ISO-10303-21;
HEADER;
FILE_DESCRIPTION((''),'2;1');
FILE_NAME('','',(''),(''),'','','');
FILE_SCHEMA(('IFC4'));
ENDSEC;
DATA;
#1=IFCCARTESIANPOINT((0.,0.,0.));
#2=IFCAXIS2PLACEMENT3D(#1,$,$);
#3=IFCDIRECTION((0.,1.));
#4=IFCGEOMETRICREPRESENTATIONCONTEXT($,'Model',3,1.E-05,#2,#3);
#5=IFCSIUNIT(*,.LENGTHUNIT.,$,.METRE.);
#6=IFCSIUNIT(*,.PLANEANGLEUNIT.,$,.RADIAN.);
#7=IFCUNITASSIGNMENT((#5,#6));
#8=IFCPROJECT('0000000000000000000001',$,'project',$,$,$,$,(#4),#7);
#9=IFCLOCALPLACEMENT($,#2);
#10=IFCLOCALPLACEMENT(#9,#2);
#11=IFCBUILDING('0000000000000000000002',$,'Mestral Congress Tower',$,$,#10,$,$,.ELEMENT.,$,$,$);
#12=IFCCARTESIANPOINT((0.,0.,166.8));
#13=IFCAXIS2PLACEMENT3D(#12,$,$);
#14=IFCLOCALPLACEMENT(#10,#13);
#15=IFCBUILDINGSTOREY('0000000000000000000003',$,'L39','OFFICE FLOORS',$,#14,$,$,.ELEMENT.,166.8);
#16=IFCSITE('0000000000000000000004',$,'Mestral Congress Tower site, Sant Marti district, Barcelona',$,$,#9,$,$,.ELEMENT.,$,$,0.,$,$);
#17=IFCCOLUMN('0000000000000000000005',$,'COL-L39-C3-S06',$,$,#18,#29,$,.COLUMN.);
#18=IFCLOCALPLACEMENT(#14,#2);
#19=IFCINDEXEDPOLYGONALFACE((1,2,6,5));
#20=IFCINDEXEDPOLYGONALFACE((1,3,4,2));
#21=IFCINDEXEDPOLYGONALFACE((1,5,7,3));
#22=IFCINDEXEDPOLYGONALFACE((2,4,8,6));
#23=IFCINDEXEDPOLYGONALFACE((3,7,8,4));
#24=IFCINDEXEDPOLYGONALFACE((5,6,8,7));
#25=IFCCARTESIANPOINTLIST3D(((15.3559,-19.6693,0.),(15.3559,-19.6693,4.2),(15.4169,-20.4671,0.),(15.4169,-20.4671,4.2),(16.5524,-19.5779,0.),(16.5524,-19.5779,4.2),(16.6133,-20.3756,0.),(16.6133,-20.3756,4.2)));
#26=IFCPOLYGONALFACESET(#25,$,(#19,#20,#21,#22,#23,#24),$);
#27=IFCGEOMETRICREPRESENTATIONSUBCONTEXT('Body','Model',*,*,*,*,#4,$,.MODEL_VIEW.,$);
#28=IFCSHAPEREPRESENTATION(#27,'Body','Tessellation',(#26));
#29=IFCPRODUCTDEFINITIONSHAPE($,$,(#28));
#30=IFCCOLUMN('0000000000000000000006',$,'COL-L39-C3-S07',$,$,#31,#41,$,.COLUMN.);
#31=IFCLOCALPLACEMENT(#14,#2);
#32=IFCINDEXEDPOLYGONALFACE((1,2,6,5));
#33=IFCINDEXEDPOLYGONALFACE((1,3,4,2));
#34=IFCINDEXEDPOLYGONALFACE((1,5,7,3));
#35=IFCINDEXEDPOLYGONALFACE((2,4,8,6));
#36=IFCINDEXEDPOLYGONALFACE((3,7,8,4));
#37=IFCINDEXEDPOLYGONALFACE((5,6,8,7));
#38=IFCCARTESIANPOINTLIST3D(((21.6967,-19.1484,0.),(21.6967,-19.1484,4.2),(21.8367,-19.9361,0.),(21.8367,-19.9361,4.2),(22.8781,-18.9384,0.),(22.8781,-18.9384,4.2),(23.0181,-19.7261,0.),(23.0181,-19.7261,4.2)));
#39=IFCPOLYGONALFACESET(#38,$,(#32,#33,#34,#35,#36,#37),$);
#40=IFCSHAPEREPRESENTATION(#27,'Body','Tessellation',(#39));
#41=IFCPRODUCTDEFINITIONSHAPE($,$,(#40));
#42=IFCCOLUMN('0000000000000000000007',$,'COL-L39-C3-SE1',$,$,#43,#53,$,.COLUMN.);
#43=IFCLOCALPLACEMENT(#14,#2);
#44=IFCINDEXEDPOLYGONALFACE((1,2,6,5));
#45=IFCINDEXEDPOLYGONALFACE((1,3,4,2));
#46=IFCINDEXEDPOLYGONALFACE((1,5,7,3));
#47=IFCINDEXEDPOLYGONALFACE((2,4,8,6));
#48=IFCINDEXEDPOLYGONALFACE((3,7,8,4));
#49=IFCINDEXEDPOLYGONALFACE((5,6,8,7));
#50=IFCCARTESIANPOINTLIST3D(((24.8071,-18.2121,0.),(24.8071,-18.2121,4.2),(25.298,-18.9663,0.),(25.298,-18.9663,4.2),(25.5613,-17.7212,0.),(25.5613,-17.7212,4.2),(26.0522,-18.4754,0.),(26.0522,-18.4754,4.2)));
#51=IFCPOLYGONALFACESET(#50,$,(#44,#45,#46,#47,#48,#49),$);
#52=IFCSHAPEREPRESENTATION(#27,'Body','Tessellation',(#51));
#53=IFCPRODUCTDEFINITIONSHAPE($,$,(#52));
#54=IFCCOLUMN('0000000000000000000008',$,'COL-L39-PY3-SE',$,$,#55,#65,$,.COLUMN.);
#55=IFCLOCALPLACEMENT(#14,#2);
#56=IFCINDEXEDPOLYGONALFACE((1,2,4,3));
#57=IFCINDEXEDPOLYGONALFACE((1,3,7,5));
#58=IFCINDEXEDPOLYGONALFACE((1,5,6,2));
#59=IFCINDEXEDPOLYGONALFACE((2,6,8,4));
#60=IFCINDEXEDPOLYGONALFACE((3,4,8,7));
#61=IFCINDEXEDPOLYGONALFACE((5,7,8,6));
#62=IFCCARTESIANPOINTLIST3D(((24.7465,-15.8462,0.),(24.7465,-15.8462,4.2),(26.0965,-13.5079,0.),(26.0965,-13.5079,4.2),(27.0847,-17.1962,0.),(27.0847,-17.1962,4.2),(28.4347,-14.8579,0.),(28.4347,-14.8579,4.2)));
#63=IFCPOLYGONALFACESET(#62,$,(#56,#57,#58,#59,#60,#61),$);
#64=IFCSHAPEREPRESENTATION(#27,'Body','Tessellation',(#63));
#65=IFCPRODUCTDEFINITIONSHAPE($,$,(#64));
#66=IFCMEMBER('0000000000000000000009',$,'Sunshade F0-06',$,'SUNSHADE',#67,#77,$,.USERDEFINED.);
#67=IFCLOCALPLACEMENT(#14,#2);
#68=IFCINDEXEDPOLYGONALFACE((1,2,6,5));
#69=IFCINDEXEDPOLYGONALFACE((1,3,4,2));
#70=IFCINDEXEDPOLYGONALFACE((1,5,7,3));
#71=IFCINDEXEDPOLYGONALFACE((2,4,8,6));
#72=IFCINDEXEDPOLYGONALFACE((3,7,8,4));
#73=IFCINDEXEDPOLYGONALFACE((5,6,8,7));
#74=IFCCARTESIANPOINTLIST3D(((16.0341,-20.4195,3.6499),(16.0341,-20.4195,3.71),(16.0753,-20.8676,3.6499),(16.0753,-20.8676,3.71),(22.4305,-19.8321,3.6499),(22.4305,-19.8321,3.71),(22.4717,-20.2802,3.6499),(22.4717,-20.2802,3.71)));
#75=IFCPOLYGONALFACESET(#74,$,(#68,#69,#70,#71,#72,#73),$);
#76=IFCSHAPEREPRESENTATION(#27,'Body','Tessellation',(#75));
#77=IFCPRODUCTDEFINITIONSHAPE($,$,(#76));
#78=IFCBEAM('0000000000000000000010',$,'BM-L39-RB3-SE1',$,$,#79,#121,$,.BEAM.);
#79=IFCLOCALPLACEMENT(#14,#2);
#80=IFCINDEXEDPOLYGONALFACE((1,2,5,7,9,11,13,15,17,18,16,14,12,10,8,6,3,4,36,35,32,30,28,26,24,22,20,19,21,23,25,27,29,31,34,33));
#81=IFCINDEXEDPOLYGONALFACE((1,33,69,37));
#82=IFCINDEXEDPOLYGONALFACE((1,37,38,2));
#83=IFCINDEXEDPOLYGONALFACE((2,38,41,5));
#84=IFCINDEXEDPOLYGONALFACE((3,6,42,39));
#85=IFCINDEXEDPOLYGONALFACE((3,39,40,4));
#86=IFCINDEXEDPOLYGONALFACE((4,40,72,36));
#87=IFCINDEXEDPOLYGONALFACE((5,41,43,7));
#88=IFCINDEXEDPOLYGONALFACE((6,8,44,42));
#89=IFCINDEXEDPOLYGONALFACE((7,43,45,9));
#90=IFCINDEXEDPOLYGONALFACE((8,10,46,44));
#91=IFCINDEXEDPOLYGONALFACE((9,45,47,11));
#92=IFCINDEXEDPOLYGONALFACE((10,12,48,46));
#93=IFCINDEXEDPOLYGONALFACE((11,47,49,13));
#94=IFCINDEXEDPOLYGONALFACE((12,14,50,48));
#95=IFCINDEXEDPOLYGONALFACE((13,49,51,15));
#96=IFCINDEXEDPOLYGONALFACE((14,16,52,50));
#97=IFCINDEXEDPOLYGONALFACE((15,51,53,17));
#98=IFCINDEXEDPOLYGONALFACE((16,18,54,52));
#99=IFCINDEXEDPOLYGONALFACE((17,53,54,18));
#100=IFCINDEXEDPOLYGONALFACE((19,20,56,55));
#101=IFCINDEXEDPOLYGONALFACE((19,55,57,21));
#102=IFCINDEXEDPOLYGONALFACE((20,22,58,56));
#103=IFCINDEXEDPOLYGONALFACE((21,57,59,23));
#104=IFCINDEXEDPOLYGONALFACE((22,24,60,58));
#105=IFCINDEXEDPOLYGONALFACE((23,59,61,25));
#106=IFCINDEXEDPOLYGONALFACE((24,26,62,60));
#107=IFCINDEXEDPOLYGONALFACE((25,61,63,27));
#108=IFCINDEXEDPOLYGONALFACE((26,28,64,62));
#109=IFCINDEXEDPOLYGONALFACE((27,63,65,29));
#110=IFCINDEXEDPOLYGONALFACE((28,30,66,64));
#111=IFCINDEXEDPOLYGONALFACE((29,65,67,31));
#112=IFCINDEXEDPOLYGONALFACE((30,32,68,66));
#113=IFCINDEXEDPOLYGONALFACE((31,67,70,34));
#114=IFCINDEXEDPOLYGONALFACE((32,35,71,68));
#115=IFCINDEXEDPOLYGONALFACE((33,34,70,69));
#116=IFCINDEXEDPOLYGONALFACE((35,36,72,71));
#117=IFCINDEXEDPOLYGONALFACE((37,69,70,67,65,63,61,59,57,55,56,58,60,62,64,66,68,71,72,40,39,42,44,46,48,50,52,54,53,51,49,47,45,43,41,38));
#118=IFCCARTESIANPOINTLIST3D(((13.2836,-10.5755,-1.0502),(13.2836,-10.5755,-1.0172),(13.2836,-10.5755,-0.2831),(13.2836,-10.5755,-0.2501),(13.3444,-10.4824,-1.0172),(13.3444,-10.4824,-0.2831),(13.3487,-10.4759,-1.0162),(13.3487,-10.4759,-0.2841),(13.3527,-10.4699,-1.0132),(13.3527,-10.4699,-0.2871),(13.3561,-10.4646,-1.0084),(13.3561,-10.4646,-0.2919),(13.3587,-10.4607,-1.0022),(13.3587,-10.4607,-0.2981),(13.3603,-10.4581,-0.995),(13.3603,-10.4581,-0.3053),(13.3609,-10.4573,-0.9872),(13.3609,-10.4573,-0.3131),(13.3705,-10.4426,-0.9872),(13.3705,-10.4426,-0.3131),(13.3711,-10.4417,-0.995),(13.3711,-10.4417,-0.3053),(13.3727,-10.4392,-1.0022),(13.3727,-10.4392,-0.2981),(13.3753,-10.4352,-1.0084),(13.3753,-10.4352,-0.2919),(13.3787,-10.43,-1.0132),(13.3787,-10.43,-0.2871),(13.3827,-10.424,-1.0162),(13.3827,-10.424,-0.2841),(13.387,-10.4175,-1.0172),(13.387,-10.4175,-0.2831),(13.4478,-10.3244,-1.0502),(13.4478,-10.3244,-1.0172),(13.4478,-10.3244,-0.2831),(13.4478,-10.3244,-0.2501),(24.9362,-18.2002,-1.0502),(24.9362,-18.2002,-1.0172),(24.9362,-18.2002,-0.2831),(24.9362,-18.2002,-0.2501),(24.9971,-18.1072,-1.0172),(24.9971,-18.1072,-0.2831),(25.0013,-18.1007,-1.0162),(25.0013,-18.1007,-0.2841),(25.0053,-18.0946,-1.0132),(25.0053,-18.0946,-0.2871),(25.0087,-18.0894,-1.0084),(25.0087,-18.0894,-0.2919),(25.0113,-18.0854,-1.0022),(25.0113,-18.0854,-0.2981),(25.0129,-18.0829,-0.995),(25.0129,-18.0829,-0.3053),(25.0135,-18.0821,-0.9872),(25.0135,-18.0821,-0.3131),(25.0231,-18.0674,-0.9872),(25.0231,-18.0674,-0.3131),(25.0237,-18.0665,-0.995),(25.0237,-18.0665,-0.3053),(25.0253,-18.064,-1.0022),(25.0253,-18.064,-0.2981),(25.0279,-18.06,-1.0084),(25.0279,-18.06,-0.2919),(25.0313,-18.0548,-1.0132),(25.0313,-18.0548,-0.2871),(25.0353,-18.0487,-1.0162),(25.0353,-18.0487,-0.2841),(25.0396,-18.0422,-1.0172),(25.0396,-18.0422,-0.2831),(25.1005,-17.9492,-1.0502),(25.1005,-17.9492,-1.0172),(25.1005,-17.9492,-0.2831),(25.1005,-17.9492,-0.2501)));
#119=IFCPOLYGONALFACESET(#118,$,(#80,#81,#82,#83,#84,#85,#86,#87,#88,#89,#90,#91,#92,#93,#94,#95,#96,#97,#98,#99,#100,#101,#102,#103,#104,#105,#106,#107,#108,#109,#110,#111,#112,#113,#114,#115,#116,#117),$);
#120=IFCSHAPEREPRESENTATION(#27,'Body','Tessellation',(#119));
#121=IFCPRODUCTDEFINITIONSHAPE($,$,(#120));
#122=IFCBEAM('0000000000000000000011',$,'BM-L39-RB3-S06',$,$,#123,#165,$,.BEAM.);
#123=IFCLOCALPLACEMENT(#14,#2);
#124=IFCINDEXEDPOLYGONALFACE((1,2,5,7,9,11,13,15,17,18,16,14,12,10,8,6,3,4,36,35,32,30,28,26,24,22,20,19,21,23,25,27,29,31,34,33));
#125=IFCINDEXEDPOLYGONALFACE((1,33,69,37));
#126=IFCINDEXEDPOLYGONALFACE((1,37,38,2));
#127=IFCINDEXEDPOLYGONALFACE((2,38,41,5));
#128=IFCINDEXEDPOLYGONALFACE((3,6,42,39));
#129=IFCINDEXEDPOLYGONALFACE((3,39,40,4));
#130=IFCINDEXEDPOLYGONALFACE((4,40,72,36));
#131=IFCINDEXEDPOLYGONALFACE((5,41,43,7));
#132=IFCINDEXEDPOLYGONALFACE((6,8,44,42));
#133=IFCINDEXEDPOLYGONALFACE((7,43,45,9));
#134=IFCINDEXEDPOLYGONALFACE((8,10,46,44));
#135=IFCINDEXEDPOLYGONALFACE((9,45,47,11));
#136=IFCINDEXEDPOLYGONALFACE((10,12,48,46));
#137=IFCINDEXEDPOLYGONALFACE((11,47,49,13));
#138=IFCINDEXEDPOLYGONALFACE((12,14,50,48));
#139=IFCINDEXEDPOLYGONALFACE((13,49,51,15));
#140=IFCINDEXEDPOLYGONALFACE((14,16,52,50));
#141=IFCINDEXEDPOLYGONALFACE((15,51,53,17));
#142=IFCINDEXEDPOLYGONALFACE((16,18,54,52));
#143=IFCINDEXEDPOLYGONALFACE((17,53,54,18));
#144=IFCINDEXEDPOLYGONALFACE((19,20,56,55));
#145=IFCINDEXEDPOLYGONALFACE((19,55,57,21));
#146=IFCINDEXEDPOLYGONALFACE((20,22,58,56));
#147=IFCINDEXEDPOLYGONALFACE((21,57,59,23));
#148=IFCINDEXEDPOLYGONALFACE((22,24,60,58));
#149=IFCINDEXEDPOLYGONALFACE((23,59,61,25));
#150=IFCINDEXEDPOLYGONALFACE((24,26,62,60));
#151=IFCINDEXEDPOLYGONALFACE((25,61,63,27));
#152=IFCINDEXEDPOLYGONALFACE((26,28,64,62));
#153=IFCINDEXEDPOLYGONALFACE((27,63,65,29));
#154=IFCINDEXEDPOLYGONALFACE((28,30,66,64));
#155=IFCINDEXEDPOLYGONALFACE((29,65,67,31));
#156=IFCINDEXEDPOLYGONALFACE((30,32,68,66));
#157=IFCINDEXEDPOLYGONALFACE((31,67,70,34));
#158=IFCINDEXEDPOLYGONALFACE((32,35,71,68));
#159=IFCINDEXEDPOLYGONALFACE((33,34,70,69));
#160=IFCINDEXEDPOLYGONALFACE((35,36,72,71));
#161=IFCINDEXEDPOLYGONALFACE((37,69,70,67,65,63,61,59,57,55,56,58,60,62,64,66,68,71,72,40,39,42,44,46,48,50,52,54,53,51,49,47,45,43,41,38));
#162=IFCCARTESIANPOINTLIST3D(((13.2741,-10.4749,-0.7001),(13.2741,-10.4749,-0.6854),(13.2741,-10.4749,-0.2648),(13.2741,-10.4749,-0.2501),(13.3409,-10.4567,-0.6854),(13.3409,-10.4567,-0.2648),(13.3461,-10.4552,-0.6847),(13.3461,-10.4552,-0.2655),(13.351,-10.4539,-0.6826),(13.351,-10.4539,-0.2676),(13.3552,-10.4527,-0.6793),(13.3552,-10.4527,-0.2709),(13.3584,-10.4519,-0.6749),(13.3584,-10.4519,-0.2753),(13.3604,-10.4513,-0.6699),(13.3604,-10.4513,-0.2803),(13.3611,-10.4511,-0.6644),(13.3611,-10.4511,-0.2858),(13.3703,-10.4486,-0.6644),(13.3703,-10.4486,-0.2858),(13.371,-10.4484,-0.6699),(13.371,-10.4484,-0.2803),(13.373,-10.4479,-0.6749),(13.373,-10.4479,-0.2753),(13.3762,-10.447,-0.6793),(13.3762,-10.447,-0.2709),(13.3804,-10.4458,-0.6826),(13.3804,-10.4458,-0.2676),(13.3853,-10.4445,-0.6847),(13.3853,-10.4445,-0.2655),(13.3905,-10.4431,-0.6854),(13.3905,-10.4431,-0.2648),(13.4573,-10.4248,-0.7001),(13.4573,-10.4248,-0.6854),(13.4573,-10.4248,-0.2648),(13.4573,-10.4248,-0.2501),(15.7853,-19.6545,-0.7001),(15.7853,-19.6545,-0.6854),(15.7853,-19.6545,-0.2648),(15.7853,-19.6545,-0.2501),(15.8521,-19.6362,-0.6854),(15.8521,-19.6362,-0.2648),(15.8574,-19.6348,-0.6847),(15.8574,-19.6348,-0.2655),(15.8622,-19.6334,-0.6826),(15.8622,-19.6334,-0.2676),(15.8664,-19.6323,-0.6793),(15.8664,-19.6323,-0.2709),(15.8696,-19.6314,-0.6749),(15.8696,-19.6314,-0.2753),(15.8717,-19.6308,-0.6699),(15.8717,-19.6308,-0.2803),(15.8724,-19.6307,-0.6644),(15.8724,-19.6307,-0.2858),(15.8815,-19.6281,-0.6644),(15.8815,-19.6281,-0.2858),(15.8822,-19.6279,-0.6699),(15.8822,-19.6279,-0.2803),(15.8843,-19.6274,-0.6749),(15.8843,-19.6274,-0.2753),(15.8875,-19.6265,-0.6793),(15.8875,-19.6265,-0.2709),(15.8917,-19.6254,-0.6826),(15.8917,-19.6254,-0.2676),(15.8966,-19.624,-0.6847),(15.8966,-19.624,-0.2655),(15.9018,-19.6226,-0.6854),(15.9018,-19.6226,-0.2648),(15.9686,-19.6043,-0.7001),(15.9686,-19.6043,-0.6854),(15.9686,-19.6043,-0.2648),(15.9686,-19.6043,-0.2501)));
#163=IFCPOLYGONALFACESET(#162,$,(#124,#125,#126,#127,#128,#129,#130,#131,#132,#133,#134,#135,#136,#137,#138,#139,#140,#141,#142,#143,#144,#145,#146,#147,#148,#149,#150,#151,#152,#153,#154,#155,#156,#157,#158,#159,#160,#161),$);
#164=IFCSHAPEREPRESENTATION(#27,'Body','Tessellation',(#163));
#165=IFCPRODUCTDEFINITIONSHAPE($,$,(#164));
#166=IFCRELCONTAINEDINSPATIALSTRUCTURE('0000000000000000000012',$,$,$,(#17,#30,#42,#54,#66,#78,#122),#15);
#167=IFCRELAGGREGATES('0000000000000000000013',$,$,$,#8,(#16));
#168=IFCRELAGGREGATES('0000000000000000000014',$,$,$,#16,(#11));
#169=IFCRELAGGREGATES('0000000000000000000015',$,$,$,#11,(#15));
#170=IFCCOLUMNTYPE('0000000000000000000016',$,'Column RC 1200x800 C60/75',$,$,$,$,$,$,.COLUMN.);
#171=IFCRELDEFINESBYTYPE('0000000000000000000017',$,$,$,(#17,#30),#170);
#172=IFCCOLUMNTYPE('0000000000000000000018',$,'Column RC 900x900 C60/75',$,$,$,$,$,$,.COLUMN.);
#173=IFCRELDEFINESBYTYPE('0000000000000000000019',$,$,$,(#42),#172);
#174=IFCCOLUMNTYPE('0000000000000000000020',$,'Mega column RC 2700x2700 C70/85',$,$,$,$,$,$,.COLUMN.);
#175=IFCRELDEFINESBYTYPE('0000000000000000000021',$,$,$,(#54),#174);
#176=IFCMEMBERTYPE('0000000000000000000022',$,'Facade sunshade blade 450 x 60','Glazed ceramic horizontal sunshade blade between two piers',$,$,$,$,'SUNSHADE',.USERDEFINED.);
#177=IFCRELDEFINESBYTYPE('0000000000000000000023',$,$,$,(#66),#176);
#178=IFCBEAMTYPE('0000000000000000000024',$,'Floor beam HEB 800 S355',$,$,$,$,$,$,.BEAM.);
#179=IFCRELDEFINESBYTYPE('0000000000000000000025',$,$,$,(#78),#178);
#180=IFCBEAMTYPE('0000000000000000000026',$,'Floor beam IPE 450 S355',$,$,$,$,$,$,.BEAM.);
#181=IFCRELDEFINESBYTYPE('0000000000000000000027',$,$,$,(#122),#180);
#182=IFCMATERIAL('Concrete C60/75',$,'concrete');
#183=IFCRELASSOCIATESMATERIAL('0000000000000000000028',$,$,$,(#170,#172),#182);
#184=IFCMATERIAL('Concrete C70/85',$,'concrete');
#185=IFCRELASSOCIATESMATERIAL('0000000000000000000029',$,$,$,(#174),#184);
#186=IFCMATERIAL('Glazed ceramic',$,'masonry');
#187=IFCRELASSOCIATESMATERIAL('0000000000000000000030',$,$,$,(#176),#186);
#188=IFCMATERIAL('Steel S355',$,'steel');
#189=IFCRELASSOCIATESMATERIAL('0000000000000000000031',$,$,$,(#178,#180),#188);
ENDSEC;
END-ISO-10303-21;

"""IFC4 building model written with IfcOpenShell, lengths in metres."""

from ifc_helpers import new_model, si_unit, direction, frame, origin, origin_2d, place, context, subcontext, project, spatial, rectangle, i_section, extrude, material, material_profile, profile_set, type_object, element, save


model = new_model("IFC4")

# Units and contexts
model_context = context("Model", 3, precision=1e-05, world=origin(), true_north=direction((0.0, 1.0)))
body_context = subcontext(model_context, "Body", "Model", "MODEL_VIEW")
ifc_project = project(units=[si_unit("LENGTHUNIT", "METRE"), si_unit("PLANEANGLEUNIT", "RADIAN")], contexts=[model_context])

# Site, building, storey
site_placement = place(None, origin())
site = spatial("IfcSite", under=ifc_project, at=site_placement, Name="Mestral Congress Tower site, Sant Marti district, Barcelona", CompositionType="ELEMENT", RefElevation=0.0)
building_placement = place(site_placement, origin())
building = spatial("IfcBuilding", under=site, at=building_placement, Name="Mestral Congress Tower", CompositionType="ELEMENT")
storey_placement = place(building_placement, frame((0.0, 0.0, 166.8)))
storey = spatial("IfcBuildingStorey", under=building, at=storey_placement, Name="L39", Description="OFFICE FLOORS", CompositionType="ELEMENT", Elevation=166.8)

# Columns
ifc_material_1 = material(Name="Concrete C60/75", Category="concrete")
ifc_material_profile_1 = material_profile(ifc_material_1, rectangle(XDim=1.2, YDim=0.8, at=origin_2d()), Name="RC 1200x800")
ifc_profile_set_1 = profile_set([ifc_material_profile_1], Name="Concrete C60/75")
column_type_1 = type_object("IfcColumnType", Name="Column RC 1200x800 C60/75", PredefinedType="COLUMN", material=ifc_profile_set_1)
for number, where, z_axis, x_axis, name in (
    (1, (15.9846, -20.0225, 0.0), (0.0, 0.0, 1.0), (0.99709, 0.076237, 0.0), "COL-L39-C3-S06"),
    (2, (22.3574, -19.4373, 0.0), (0.0, 0.0, 1.0), (0.984571, 0.174985, 0.0), "COL-L39-C3-S07"),
):
    element("IfcColumn", number, at=place(storey_placement, frame(where, z_axis=z_axis, x_axis=x_axis)), inside=storey, type_object=column_type_1, Name=name, PredefinedType="COLUMN", context=body_context, shape_type="SweptSolid", body=[
        extrude(rectangle(XDim=1.2, YDim=0.8, at=origin_2d()), origin(), (0.0, 0.0, 1.0), 4.2),
    ])
ifc_material_profile_2 = material_profile(ifc_material_1, rectangle(XDim=0.8999, YDim=0.8999, at=origin_2d()), Name="RC 900x900")
ifc_profile_set_2 = profile_set([ifc_material_profile_2], Name="Concrete C60/75")
column_type_2 = type_object("IfcColumnType", Name="Column RC 900x900 C60/75", PredefinedType="COLUMN", material=ifc_profile_set_2)
column_1_placement = place(storey_placement, frame((25.4297, -18.3438, 0.0), z_axis=(0.0, 0.0, 1.0), x_axis=(0.838094, 0.545526, 0.0)))
element("IfcColumn", 3, at=column_1_placement, inside=storey, type_object=column_type_2, Name="COL-L39-C3-SE1", PredefinedType="COLUMN", context=body_context, shape_type="SweptSolid", body=[
    extrude(rectangle(XDim=0.8999, YDim=0.8999, at=origin_2d()), origin(), (0.0, 0.0, 1.0), 4.2),
])
ifc_material_2 = material(Name="Concrete C70/85", Category="concrete")
ifc_material_profile_3 = material_profile(ifc_material_2, rectangle(XDim=2.7, YDim=2.7, at=origin_2d()), Name="RC 2700x2700")
ifc_profile_set_3 = profile_set([ifc_material_profile_3], Name="Concrete C70/85")
column_type_3 = type_object("IfcColumnType", Name="Mega column RC 2700x2700 C70/85", PredefinedType="COLUMN", material=ifc_profile_set_3)
column_2_placement = place(storey_placement, frame((26.5906, -15.3521, 0.0), z_axis=(0.0, 0.0, 1.0), x_axis=(0.866025, -0.5, 0.0)))
element("IfcColumn", 4, at=column_2_placement, inside=storey, type_object=column_type_3, Name="COL-L39-PY3-SE", PredefinedType="COLUMN", context=body_context, shape_type="SweptSolid", body=[
    extrude(rectangle(XDim=2.7, YDim=2.7, at=origin_2d()), origin(), (0.0, 0.0, 1.0), 4.2),
])

# Member
ifc_material_3 = material(Name="Glazed ceramic", Category="masonry")
ifc_material_profile_4 = material_profile(ifc_material_3, rectangle(XDim=0.45, YDim=0.0601, at=origin_2d()), Name="Ceramic blade 450 x 60")
ifc_profile_set_4 = profile_set([ifc_material_profile_4], Name="Glazed ceramic")
member_type = type_object("IfcMemberType", Name="Facade sunshade blade 450 x 60", Description="Glazed ceramic horizontal sunshade blade between two piers", ElementType="SUNSHADE", PredefinedType="USERDEFINED", material=ifc_profile_set_4)
member_placement = place(storey_placement, frame((16.0547, -20.6436, 3.6799), z_axis=(0.99581, 0.091447, 0.0), x_axis=(-0.091447, 0.99581, 0.0)))
element("IfcMember", 5, at=member_placement, inside=storey, type_object=member_type, Name="Sunshade F0-06", ObjectType="SUNSHADE", PredefinedType="USERDEFINED", context=body_context, shape_type="SweptSolid", body=[
    extrude(rectangle(XDim=0.45, YDim=0.0601, at=origin_2d()), origin(), (0.0, 0.0, 1.0), 6.4233),
])

# Beams
ifc_material_4 = material(Name="Steel S355", Category="steel")
ifc_material_profile_5 = material_profile(ifc_material_4, i_section(OverallWidth=0.3, OverallDepth=0.8, WebThickness=0.0176, FlangeThickness=0.033, FilletRadius=0.03, at=origin_2d()), Name="HEB 800")
ifc_profile_set_5 = profile_set([ifc_material_profile_5], Name="Steel S355")
beam_type_1 = type_object("IfcBeamType", Name="Floor beam HEB 800 S355", PredefinedType="BEAM", material=ifc_profile_set_5)
beam_1_placement = place(storey_placement, frame((25.0183, -18.0747, -0.6501), z_axis=(-0.83678, 0.547539, 0.0), x_axis=(-0.547539, -0.83678, 0.0)))
element("IfcBeam", 6, at=beam_1_placement, inside=storey, type_object=beam_type_1, Name="BM-L39-RB3-SE1", PredefinedType="BEAM", context=body_context, shape_type="SweptSolid", body=[
    extrude(i_section(OverallWidth=0.3, OverallDepth=0.8, WebThickness=0.0176, FlangeThickness=0.033, FilletRadius=0.03, at=origin_2d()), origin(), (0.0, 0.0, 1.0), 13.9255),
])
ifc_material_profile_6 = material_profile(ifc_material_4, i_section(OverallWidth=0.1899, OverallDepth=0.45, WebThickness=0.0095, FlangeThickness=0.0146, FilletRadius=0.021, at=origin_2d()), Name="IPE 450")
ifc_profile_set_6 = profile_set([ifc_material_profile_6], Name="Steel S355")
beam_type_2 = type_object("IfcBeamType", Name="Floor beam IPE 450 S355", PredefinedType="BEAM", material=ifc_profile_set_6)
beam_2_placement = place(storey_placement, frame((15.877, -19.6294, -0.4751), z_axis=(-0.263875, 0.964557, 0.0), x_axis=(-0.964557, -0.263875, 0.0)))
element("IfcBeam", 7, at=beam_2_placement, inside=storey, type_object=beam_type_2, Name="BM-L39-RB3-S06", PredefinedType="BEAM", context=body_context, shape_type="SweptSolid", body=[
    extrude(i_section(OverallWidth=0.1899, OverallDepth=0.45, WebThickness=0.0095, FlangeThickness=0.0146, FilletRadius=0.021, at=origin_2d()), origin(), (0.0, 0.0, 1.0), 9.5168),
])

save(model, "model.ifc")
